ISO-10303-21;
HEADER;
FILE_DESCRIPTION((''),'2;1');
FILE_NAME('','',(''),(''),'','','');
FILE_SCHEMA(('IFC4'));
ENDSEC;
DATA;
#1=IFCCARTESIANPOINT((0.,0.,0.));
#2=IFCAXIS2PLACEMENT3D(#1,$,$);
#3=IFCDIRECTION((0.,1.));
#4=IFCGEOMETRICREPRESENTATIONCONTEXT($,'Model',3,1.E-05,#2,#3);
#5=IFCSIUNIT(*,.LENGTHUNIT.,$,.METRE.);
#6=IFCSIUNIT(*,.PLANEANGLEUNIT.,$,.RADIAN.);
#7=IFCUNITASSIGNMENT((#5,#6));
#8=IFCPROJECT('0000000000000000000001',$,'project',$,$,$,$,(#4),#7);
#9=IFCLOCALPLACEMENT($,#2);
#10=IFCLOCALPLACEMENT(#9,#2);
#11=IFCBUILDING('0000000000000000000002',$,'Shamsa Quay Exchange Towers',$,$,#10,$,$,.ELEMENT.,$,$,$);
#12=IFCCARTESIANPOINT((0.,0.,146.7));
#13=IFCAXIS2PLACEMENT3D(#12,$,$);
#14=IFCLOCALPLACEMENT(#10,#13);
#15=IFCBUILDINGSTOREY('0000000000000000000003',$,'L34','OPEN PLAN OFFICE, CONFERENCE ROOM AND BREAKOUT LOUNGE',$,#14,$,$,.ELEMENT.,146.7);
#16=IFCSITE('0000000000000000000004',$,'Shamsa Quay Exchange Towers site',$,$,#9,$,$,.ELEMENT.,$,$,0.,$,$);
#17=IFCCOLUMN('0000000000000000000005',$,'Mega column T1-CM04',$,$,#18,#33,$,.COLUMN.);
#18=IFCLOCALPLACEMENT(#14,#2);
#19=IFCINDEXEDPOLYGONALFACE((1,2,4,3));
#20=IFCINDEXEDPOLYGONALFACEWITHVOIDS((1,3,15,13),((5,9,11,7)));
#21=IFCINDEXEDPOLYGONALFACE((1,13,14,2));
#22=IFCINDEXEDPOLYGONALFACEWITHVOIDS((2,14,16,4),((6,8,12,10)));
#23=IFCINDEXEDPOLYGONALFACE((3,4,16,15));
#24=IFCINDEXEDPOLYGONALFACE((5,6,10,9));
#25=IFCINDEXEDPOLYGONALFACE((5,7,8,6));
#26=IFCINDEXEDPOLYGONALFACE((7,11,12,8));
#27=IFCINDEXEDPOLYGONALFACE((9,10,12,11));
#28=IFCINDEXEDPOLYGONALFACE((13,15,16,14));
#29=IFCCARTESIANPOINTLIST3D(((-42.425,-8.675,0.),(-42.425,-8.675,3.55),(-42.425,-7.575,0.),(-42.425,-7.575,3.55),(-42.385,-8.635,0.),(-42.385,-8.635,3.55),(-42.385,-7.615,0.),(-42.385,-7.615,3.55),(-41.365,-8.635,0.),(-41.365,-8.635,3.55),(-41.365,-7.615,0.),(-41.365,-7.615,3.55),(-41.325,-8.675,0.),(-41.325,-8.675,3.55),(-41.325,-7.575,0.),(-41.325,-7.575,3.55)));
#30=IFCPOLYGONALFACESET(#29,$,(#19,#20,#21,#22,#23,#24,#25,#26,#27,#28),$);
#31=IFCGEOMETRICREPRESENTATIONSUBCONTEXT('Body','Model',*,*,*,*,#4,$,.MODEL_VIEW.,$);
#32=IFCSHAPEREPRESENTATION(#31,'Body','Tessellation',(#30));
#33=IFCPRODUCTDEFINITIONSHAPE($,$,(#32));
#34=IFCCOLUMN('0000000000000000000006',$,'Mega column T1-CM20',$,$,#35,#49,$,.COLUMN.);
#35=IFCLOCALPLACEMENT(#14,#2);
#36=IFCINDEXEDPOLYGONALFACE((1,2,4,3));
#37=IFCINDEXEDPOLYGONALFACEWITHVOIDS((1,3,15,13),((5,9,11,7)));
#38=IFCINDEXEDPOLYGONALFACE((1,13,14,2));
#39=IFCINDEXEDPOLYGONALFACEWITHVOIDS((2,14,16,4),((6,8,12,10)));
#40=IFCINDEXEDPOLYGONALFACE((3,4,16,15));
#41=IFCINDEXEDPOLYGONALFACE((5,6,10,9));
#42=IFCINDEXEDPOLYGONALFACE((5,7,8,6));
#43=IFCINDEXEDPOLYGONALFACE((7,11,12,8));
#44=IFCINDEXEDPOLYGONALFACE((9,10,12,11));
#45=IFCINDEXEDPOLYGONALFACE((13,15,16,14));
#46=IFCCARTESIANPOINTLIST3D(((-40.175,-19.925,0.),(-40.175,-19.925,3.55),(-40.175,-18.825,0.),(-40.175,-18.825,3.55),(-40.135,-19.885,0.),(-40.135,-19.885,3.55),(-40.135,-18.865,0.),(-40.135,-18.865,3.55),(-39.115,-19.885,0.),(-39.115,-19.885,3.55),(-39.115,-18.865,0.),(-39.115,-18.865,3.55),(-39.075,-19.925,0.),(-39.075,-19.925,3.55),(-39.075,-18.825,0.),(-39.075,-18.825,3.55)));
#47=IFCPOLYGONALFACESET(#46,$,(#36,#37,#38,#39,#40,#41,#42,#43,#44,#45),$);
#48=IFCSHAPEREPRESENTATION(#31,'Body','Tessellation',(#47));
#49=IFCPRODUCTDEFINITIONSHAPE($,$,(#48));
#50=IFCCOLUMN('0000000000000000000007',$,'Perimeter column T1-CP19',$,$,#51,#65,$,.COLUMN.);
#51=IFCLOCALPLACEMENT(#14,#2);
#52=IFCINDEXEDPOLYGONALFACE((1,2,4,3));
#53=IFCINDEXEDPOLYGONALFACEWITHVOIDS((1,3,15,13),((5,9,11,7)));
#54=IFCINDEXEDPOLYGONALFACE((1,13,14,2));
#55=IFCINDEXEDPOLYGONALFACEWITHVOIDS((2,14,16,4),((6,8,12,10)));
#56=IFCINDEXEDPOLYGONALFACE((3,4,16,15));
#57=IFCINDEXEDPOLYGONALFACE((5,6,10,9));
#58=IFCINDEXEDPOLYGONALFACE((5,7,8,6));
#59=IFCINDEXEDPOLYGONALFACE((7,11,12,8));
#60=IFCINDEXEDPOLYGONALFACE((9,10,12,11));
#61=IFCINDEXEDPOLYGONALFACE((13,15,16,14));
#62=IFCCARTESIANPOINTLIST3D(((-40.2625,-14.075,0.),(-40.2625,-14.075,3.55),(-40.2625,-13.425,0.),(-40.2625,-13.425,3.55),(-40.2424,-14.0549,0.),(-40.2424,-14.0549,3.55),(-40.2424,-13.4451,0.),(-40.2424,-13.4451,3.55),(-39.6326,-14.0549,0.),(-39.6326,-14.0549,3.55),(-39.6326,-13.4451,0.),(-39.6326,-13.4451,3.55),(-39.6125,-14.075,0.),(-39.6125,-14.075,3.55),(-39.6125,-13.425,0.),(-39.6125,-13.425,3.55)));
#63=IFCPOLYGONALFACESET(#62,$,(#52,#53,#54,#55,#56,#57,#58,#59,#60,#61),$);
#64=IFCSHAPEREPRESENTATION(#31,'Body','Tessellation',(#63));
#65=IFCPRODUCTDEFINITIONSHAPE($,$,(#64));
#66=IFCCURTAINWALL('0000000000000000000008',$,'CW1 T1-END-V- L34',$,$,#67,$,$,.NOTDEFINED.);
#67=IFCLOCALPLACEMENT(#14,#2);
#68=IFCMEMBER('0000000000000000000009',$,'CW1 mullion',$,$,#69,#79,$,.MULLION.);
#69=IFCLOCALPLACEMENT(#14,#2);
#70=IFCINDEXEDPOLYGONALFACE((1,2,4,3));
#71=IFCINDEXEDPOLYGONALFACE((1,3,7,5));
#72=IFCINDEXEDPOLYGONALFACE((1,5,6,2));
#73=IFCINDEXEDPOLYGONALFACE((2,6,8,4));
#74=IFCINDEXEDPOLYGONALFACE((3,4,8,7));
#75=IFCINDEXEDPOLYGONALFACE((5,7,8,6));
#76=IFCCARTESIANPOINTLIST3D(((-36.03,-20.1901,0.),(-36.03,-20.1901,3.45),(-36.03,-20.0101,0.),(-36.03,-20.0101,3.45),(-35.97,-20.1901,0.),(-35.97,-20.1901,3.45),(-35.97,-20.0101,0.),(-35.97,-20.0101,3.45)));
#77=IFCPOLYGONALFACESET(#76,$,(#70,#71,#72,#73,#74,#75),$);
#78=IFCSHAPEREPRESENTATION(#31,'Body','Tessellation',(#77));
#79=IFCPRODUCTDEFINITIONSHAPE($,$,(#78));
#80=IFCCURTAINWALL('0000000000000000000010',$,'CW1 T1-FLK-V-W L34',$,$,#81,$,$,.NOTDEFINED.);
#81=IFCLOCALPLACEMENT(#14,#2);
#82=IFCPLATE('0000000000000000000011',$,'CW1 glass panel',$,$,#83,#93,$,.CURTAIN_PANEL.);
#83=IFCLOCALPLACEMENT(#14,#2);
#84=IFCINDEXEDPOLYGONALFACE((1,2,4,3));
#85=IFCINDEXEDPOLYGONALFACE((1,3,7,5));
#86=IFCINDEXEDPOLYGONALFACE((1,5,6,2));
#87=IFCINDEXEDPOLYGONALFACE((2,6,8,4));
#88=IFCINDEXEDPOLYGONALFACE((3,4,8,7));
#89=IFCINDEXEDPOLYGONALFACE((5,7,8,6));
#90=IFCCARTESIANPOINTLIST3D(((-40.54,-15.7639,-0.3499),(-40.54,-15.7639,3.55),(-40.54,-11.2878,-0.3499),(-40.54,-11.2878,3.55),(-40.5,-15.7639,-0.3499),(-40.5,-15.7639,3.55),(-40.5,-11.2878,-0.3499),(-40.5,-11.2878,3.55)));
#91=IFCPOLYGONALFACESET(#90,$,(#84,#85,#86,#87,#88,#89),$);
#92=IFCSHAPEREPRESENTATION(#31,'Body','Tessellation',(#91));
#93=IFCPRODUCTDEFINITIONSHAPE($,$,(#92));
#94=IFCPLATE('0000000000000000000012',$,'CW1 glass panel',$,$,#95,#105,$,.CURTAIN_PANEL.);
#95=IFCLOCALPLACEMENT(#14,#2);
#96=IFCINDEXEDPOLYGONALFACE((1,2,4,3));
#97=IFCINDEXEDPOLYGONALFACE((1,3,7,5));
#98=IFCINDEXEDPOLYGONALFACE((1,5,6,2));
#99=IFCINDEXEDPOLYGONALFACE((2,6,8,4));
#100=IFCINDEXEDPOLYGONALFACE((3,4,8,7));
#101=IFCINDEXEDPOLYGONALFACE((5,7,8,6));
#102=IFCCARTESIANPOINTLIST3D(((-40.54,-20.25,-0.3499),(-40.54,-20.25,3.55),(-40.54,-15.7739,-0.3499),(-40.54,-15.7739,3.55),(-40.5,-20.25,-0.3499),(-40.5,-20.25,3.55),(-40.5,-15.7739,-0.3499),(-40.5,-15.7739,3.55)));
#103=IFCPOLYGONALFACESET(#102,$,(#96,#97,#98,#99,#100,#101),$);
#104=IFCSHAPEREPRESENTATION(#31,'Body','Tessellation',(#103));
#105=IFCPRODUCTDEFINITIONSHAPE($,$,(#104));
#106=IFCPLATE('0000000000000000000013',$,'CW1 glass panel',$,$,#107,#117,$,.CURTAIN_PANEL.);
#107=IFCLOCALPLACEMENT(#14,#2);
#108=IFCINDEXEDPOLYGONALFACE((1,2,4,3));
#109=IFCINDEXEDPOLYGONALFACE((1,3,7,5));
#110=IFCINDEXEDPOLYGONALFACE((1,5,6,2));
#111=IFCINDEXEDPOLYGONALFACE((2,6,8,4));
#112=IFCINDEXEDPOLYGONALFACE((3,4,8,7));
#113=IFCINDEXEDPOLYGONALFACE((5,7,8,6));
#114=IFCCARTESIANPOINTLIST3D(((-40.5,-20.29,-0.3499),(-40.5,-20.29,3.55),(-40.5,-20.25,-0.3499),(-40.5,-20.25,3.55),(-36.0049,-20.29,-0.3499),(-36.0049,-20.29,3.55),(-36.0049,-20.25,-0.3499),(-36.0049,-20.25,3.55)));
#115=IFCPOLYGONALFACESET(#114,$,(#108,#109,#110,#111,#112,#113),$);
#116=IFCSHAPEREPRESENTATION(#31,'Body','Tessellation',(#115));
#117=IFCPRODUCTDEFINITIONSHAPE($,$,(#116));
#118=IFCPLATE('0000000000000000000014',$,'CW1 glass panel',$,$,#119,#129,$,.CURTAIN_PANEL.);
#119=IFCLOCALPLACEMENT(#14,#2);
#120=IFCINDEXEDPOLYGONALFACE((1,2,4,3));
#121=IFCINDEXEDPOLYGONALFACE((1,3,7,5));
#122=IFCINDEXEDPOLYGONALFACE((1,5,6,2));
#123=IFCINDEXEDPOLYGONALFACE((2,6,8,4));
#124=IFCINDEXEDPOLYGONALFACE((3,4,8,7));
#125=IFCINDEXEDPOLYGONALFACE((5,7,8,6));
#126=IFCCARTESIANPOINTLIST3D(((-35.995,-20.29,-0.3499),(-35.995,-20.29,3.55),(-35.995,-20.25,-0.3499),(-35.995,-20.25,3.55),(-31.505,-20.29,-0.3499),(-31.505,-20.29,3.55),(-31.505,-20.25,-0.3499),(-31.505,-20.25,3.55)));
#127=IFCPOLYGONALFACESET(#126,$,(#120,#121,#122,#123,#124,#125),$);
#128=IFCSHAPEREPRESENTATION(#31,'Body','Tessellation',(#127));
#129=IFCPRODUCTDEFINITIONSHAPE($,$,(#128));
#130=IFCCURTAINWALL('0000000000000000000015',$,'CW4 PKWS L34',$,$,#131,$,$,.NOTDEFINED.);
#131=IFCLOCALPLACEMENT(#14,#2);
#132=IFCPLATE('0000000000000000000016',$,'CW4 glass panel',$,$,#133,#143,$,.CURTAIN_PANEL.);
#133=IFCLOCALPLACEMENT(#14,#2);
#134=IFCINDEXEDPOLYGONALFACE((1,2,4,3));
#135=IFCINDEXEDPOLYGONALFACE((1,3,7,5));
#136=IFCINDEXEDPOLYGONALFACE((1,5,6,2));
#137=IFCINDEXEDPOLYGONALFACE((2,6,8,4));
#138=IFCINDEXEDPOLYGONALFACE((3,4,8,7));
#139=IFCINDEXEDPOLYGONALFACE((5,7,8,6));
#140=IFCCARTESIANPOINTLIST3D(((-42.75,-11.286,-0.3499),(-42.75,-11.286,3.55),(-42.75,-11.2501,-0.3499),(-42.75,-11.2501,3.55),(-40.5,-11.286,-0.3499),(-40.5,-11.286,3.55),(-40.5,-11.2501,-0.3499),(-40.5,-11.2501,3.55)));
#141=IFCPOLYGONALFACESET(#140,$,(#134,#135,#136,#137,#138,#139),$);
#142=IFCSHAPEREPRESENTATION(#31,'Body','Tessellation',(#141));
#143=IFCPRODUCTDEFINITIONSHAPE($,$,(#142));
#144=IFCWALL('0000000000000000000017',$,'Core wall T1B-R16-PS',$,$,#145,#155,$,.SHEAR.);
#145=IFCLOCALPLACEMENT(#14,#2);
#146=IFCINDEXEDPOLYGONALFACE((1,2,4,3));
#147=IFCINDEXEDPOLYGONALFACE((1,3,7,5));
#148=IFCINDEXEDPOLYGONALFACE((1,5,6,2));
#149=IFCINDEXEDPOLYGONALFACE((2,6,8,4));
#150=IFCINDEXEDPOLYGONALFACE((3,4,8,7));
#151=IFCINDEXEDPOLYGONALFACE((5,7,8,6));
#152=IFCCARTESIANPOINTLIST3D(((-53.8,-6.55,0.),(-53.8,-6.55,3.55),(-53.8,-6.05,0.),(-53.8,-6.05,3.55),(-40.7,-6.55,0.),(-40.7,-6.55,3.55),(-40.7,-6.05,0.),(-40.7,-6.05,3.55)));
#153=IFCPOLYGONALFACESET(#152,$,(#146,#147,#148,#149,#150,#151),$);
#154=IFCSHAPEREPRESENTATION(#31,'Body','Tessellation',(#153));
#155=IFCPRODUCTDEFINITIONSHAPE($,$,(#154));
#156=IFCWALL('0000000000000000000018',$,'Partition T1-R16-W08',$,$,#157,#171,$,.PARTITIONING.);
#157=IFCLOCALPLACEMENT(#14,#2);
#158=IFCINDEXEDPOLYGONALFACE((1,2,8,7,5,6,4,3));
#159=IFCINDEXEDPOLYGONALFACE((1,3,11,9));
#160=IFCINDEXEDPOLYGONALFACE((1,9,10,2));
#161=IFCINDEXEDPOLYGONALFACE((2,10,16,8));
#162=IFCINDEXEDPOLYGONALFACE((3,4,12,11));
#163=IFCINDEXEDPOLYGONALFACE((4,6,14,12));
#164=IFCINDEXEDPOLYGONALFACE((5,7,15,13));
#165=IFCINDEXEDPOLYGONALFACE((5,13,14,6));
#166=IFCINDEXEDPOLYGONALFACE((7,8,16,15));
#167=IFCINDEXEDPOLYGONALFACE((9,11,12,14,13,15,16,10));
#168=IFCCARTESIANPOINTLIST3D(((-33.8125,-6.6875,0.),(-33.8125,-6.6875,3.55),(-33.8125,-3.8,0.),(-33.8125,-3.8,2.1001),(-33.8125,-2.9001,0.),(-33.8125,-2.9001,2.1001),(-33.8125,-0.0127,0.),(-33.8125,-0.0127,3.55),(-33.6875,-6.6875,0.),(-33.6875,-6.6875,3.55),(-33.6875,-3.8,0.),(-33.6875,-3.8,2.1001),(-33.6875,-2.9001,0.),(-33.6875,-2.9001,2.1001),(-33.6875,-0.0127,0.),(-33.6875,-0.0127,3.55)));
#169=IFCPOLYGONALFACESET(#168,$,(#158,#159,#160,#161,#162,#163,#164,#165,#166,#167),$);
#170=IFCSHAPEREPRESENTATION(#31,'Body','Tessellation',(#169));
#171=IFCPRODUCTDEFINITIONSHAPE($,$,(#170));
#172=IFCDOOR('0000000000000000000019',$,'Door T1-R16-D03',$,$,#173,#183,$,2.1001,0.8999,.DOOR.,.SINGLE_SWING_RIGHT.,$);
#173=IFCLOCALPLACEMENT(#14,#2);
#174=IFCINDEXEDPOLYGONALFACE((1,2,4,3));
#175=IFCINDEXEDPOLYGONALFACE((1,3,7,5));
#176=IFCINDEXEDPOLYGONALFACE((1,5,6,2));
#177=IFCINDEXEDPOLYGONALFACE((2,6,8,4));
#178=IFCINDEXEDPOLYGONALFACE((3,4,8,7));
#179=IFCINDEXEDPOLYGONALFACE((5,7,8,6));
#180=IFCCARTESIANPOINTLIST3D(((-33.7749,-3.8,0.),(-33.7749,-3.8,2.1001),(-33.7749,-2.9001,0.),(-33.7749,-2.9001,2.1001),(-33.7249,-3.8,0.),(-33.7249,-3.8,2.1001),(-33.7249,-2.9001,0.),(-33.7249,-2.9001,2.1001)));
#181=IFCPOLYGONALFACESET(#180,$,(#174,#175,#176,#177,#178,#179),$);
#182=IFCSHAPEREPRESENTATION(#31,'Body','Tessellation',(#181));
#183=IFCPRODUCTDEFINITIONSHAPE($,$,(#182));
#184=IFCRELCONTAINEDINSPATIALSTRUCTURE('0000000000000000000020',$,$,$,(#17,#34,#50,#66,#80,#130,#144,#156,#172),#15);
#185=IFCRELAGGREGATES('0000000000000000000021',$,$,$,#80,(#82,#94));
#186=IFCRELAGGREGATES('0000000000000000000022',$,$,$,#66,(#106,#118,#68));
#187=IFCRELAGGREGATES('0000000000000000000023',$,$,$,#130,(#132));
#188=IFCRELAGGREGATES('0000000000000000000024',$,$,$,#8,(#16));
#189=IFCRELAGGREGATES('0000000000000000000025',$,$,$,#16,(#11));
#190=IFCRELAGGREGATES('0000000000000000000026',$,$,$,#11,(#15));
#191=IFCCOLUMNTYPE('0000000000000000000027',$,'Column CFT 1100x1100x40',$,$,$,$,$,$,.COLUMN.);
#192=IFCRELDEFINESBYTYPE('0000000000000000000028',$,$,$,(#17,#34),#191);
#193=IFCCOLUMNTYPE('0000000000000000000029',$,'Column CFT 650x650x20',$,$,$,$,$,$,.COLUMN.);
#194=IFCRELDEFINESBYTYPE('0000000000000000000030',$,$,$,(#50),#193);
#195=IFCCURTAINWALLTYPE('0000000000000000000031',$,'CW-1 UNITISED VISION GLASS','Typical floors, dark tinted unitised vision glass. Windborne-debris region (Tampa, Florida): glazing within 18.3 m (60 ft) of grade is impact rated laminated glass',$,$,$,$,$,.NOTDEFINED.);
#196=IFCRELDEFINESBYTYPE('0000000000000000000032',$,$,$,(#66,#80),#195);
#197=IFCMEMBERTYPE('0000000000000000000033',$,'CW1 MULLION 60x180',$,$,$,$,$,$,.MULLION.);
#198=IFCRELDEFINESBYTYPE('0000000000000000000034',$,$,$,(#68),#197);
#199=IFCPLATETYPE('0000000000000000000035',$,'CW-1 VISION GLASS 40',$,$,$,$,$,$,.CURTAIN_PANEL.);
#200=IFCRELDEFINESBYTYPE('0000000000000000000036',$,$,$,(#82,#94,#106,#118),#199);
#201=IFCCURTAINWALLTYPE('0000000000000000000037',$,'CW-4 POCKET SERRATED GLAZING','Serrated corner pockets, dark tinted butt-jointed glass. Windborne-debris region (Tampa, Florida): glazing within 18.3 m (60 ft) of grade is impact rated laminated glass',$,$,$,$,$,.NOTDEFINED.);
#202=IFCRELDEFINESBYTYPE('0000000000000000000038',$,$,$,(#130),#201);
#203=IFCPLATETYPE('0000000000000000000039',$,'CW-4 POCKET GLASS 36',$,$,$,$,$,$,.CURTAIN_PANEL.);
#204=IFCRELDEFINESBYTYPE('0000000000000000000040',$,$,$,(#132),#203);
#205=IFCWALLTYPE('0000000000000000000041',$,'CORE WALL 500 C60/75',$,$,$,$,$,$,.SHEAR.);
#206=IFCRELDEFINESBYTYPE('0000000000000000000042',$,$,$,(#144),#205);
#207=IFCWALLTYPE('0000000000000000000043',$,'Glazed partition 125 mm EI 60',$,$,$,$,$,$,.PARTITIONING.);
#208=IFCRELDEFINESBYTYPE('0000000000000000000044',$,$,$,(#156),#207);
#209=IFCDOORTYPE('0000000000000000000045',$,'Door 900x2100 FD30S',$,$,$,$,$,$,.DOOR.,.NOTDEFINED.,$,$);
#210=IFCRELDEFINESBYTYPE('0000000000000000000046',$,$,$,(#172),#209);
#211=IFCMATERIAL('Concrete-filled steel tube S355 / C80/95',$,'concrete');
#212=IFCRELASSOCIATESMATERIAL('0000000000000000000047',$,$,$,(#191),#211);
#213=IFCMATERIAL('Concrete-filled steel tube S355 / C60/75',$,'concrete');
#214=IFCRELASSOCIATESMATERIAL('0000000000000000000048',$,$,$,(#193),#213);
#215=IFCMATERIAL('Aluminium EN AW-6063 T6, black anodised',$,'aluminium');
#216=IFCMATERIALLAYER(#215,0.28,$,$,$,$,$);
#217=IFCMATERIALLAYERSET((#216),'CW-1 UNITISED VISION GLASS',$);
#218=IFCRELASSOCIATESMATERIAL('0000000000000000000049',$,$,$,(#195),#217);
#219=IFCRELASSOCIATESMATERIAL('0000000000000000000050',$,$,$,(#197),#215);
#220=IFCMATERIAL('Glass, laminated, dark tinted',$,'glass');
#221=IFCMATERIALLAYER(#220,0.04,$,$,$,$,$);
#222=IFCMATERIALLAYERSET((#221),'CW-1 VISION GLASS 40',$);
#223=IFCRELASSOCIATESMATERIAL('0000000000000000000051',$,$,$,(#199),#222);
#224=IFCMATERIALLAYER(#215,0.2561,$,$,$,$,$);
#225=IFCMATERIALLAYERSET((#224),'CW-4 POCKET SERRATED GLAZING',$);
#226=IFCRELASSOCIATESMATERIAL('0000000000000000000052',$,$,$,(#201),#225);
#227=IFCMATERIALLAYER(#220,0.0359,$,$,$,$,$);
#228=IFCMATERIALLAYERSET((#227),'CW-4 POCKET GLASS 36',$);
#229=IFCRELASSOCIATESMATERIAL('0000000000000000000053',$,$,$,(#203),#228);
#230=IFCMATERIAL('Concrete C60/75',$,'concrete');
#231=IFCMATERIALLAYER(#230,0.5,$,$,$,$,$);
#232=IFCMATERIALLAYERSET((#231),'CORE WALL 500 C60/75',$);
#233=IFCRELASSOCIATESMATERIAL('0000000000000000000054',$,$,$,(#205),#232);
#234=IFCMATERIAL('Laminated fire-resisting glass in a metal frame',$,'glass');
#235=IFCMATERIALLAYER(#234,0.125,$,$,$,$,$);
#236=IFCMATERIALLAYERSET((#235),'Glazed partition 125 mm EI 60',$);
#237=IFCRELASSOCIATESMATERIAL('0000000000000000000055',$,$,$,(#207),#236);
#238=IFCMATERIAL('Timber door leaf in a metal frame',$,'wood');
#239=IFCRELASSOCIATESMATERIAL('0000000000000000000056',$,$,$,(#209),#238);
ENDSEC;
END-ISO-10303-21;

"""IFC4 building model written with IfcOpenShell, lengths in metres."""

from ifc_helpers import new_model, si_unit, direction, frame, frame_2d, origin, origin_2d, place, context, subcontext, project, spatial, rectangle, hollow_rectangle, extrude, material, layer, layer_set, material_profile, profile_set, type_object, element, fill, aggregate, save


model = new_model("IFC4")

# Units and contexts
model_context = context("Model", 3, precision=1e-05, world=origin(), true_north=direction((0.0, 1.0)))
body_context = subcontext(model_context, "Body", "Model", "MODEL_VIEW")
ifc_project = project(units=[si_unit("LENGTHUNIT", "METRE"), si_unit("PLANEANGLEUNIT", "RADIAN")], contexts=[model_context])

# Site, building, storey
site_placement = place(None, origin())
site = spatial("IfcSite", under=ifc_project, at=site_placement, Name="Shamsa Quay Exchange Towers site", CompositionType="ELEMENT", RefElevation=0.0)
building_placement = place(site_placement, origin())
building = spatial("IfcBuilding", under=site, at=building_placement, Name="Shamsa Quay Exchange Towers", CompositionType="ELEMENT")
storey_placement = place(building_placement, frame((0.0, 0.0, 146.7)))
storey = spatial("IfcBuildingStorey", under=building, at=storey_placement, Name="L34", Description="OPEN PLAN OFFICE, CONFERENCE ROOM AND BREAKOUT LOUNGE", CompositionType="ELEMENT", Elevation=146.7)

# Columns
ifc_material_1 = material(Name="Concrete-filled steel tube S355 / C80/95", Category="concrete")
ifc_material_profile_1 = material_profile(ifc_material_1, hollow_rectangle(XDim=1.1001, YDim=1.1001, WallThickness=0.04, at=origin_2d()), Name="CFT 1100x1100x40")
ifc_profile_set_1 = profile_set([ifc_material_profile_1], Name="Concrete-filled steel tube S355 / C80/95")
column_type_1 = type_object("IfcColumnType", Name="Column CFT 1100x1100x40", PredefinedType="COLUMN", material=ifc_profile_set_1)
for number, where, name in (
    (1, (-41.875, -8.125, 0.0), "Mega column T1-CM04"),
    (2, (-39.625, -19.375, 0.0), "Mega column T1-CM20"),
):
    element("IfcColumn", number, at=place(storey_placement, frame(where)), inside=storey, type_object=column_type_1, Name=name, PredefinedType="COLUMN", context=body_context, shape_type="SweptSolid", body=[
        extrude(hollow_rectangle(XDim=1.1001, YDim=1.1001, WallThickness=0.04, at=origin_2d()), origin(), (0.0, 0.0, 1.0), 3.55),
    ])
ifc_material_2 = material(Name="Concrete-filled steel tube S355 / C60/75", Category="concrete")
ifc_material_profile_2 = material_profile(ifc_material_2, hollow_rectangle(XDim=0.6499, YDim=0.6499, WallThickness=0.02, at=origin_2d()), Name="CFT 650x650x20")
ifc_profile_set_2 = profile_set([ifc_material_profile_2], Name="Concrete-filled steel tube S355 / C60/75")
column_type_2 = type_object("IfcColumnType", Name="Column CFT 650x650x20", PredefinedType="COLUMN", material=ifc_profile_set_2)
column_placement = place(storey_placement, frame((-39.9375, -13.75, 0.0)))
element("IfcColumn", 3, at=column_placement, inside=storey, type_object=column_type_2, Name="Perimeter column T1-CP19", PredefinedType="COLUMN", context=body_context, shape_type="SweptSolid", body=[
    extrude(hollow_rectangle(XDim=0.6499, YDim=0.6499, WallThickness=0.02, at=origin_2d()), origin(), (0.0, 0.0, 1.0), 3.55),
])

# Curtain wall, member
ifc_material_3 = material(Name="Aluminium EN AW-6063 T6, black anodised", Category="aluminium")
ifc_layer_1 = layer(ifc_material_3, 0.28)
ifc_layer_set_1 = layer_set([ifc_layer_1], Name="CW-1 UNITISED VISION GLASS")
curtain_wall_type_1 = type_object("IfcCurtainWallType", Name="CW-1 UNITISED VISION GLASS", Description="Typical floors, dark tinted unitised vision glass. Windborne-debris region (Tampa, Florida): glazing within 18.3 m (60 ft) of grade is impact rated laminated glass", PredefinedType="NOTDEFINED", material=ifc_layer_set_1)
curtain_wall_1_placement = place(storey_placement, origin())
curtain_wall_1 = element("IfcCurtainWall", 4, at=curtain_wall_1_placement, inside=storey, type_object=curtain_wall_type_1, Name="CW1 T1-END-V- L34", PredefinedType="NOTDEFINED")
ifc_material_profile_3 = material_profile(ifc_material_3, rectangle(XDim=0.1799, YDim=0.0601, at=origin_2d()), Name="MU60x180")
ifc_profile_set_3 = profile_set([ifc_material_profile_3], Name="Aluminium EN AW-6063 T6, black anodised")
member_type = type_object("IfcMemberType", Name="CW1 MULLION 60x180", PredefinedType="MULLION", material=ifc_profile_set_3)
member_placement = place(storey_placement, frame((-36.0, -20.1001, 0.0), z_axis=(0.0, 0.0, 1.0), x_axis=(0.0, 1.0, 0.0)))
member = element("IfcMember", 5, at=member_placement, type_object=member_type, Name="CW1 mullion", PredefinedType="MULLION", context=body_context, shape_type="SweptSolid", body=[
    extrude(rectangle(XDim=0.1799, YDim=0.0601, at=origin_2d()), origin(), (0.0, 0.0, 1.0), 3.45),
])

# Curtain wall, plates
curtain_wall_2_placement = place(storey_placement, origin())
curtain_wall_2 = element("IfcCurtainWall", 6, at=curtain_wall_2_placement, inside=storey, type_object=curtain_wall_type_1, Name="CW1 T1-FLK-V-W L34", PredefinedType="NOTDEFINED")
ifc_material_4 = material(Name="Glass, laminated, dark tinted", Category="glass")
ifc_layer_2 = layer(ifc_material_4, 0.04)
ifc_layer_set_2 = layer_set([ifc_layer_2], Name="CW-1 VISION GLASS 40")
plate_type_1 = type_object("IfcPlateType", Name="CW-1 VISION GLASS 40", PredefinedType="CURTAIN_PANEL", material=ifc_layer_set_2)
plate_1_placement = place(storey_placement, frame((-40.52, -13.5259, -0.3499), z_axis=(0.0, 0.0, 1.0), x_axis=(0.0, -1.0, 0.0)))
plate_1 = element("IfcPlate", 7, at=plate_1_placement, type_object=plate_type_1, Name="CW1 glass panel", PredefinedType="CURTAIN_PANEL", context=body_context, shape_type="SweptSolid", body=[
    extrude(rectangle(XDim=4.4761, YDim=0.04, at=origin_2d()), origin(), (0.0, 0.0, 1.0), 3.8999),
])
plate_2_placement = place(storey_placement, frame((-40.52, -18.012, -0.3499), z_axis=(0.0, 0.0, 1.0), x_axis=(0.0, -1.0, 0.0)))
plate_2 = element("IfcPlate", 8, at=plate_2_placement, type_object=plate_type_1, Name="CW1 glass panel", PredefinedType="CURTAIN_PANEL", context=body_context, shape_type="SweptSolid", body=[
    extrude(rectangle(XDim=4.4761, YDim=0.04, at=origin_2d()), origin(), (0.0, 0.0, 1.0), 3.8999),
])
aggregate(curtain_wall_2, [plate_1, plate_2])

# Plates
plate_3_placement = place(storey_placement, frame((-38.2524, -20.27, -0.3499)))
plate_3 = element("IfcPlate", 9, at=plate_3_placement, type_object=plate_type_1, Name="CW1 glass panel", PredefinedType="CURTAIN_PANEL", context=body_context, shape_type="SweptSolid", body=[
    extrude(rectangle(XDim=4.4951, YDim=0.04, at=origin_2d()), origin(), (0.0, 0.0, 1.0), 3.8999),
])
plate_4_placement = place(storey_placement, frame((-33.75, -20.27, -0.3499)))
plate_4 = element("IfcPlate", 10, at=plate_4_placement, type_object=plate_type_1, Name="CW1 glass panel", PredefinedType="CURTAIN_PANEL", context=body_context, shape_type="SweptSolid", body=[
    extrude(rectangle(XDim=4.49, YDim=0.04, at=origin_2d()), origin(), (0.0, 0.0, 1.0), 3.8999),
])
aggregate(curtain_wall_1, [plate_3, plate_4, member])

# Curtain wall, plate
ifc_layer_3 = layer(ifc_material_3, 0.2561)
ifc_layer_set_3 = layer_set([ifc_layer_3], Name="CW-4 POCKET SERRATED GLAZING")
curtain_wall_type_2 = type_object("IfcCurtainWallType", Name="CW-4 POCKET SERRATED GLAZING", Description="Serrated corner pockets, dark tinted butt-jointed glass. Windborne-debris region (Tampa, Florida): glazing within 18.3 m (60 ft) of grade is impact rated laminated glass", PredefinedType="NOTDEFINED", material=ifc_layer_set_3)
curtain_wall_3_placement = place(storey_placement, origin())
curtain_wall_3 = element("IfcCurtainWall", 11, at=curtain_wall_3_placement, inside=storey, type_object=curtain_wall_type_2, Name="CW4 PKWS L34", PredefinedType="NOTDEFINED")
ifc_layer_4 = layer(ifc_material_4, 0.0359)
ifc_layer_set_4 = layer_set([ifc_layer_4], Name="CW-4 POCKET GLASS 36")
plate_type_2 = type_object("IfcPlateType", Name="CW-4 POCKET GLASS 36", PredefinedType="CURTAIN_PANEL", material=ifc_layer_set_4)
plate_5_placement = place(storey_placement, frame((-41.625, -11.2681, -0.3499)))
plate_5 = element("IfcPlate", 12, at=plate_5_placement, type_object=plate_type_2, Name="CW4 glass panel", PredefinedType="CURTAIN_PANEL", context=body_context, shape_type="SweptSolid", body=[
    extrude(rectangle(XDim=2.25, YDim=0.0359, at=origin_2d()), origin(), (0.0, 0.0, 1.0), 3.8999),
])
aggregate(curtain_wall_3, [plate_5])

# Wall
ifc_material_5 = material(Name="Concrete C60/75", Category="concrete")
ifc_layer_5 = layer(ifc_material_5, 0.5)
ifc_layer_set_5 = layer_set([ifc_layer_5], Name="CORE WALL 500 C60/75")
wall_type_1 = type_object("IfcWallType", Name="CORE WALL 500 C60/75", PredefinedType="SHEAR", material=ifc_layer_set_5)
wall_1_placement = place(storey_placement, frame((-40.7, -6.3, 0.0), z_axis=(0.0, 0.0, 1.0), x_axis=(-1.0, 0.0, 0.0)))
element("IfcWall", 13, at=wall_1_placement, inside=storey, type_object=wall_type_1, Name="Core wall T1B-R16-PS", PredefinedType="SHEAR", context=body_context, shape_type="SweptSolid", body=[
    extrude(rectangle(XDim=13.1001, YDim=0.5, at=frame_2d((6.55, 0.0))), origin(), (0.0, 0.0, 1.0), 3.55),
])

# Wall, opening, door
ifc_material_6 = material(Name="Laminated fire-resisting glass in a metal frame", Category="glass")
ifc_layer_6 = layer(ifc_material_6, 0.125)
ifc_layer_set_6 = layer_set([ifc_layer_6], Name="Glazed partition 125 mm EI 60")
wall_type_2 = type_object("IfcWallType", Name="Glazed partition 125 mm EI 60", PredefinedType="PARTITIONING", material=ifc_layer_set_6)
wall_2_placement = place(storey_placement, frame((-33.75, -6.6875, 0.0), z_axis=(0.0, 0.0, 1.0), x_axis=(0.0, 1.0, 0.0)))
wall_2 = element("IfcWall", 14, at=wall_2_placement, inside=storey, type_object=wall_type_2, Name="Partition T1-R16-W08", PredefinedType="PARTITIONING", context=body_context, shape_type="SweptSolid", body=[
    extrude(rectangle(XDim=6.6748, YDim=0.125, at=frame_2d((3.3374, 0.0))), origin(), (0.0, 0.0, 1.0), 3.55),
])
opening_1_placement = place(wall_2_placement, frame((2.8875, 0.0, 0.0)))
opening_1 = element("IfcOpeningElement", 15, at=opening_1_placement, cuts=wall_2, PredefinedType="OPENING", context=body_context, shape_type="SweptSolid", body=[
    extrude(rectangle(XDim=0.8999, YDim=2.1001, at=frame_2d((0.45, 1.05))), frame((0.0, 0.0725, 0.0), z_axis=(0.0, -1.0, 0.0), x_axis=(1.0, 0.0, 0.0)), (0.0, 0.0, 1.0), 0.145),
])
ifc_material_7 = material(Name="Timber door leaf in a metal frame", Category="wood")
door_type_1 = type_object("IfcDoorType", Name="Door 900x2100 FD30S", OperationType="NOTDEFINED", PredefinedType="DOOR", material=ifc_material_7)
door_1_placement = place(opening_1_placement, origin())
door_1 = element("IfcDoor", 16, at=door_1_placement, inside=storey, type_object=door_type_1, Name="Door T1-R16-D03", OperationType="SINGLE_SWING_RIGHT", OverallHeight=2.1001, OverallWidth=0.8999, PredefinedType="DOOR", context=body_context, shape_type="SweptSolid", body=[
    extrude(rectangle(XDim=0.8999, YDim=2.1001, at=frame_2d((0.45, 1.05))), frame((0.0, 0.0249, 0.0), z_axis=(0.0, -1.0, 0.0), x_axis=(1.0, 0.0, 0.0)), (0.0, 0.0, 1.0), 0.05),
])
fill(opening_1, door_1)

save(model, "model.ifc")
